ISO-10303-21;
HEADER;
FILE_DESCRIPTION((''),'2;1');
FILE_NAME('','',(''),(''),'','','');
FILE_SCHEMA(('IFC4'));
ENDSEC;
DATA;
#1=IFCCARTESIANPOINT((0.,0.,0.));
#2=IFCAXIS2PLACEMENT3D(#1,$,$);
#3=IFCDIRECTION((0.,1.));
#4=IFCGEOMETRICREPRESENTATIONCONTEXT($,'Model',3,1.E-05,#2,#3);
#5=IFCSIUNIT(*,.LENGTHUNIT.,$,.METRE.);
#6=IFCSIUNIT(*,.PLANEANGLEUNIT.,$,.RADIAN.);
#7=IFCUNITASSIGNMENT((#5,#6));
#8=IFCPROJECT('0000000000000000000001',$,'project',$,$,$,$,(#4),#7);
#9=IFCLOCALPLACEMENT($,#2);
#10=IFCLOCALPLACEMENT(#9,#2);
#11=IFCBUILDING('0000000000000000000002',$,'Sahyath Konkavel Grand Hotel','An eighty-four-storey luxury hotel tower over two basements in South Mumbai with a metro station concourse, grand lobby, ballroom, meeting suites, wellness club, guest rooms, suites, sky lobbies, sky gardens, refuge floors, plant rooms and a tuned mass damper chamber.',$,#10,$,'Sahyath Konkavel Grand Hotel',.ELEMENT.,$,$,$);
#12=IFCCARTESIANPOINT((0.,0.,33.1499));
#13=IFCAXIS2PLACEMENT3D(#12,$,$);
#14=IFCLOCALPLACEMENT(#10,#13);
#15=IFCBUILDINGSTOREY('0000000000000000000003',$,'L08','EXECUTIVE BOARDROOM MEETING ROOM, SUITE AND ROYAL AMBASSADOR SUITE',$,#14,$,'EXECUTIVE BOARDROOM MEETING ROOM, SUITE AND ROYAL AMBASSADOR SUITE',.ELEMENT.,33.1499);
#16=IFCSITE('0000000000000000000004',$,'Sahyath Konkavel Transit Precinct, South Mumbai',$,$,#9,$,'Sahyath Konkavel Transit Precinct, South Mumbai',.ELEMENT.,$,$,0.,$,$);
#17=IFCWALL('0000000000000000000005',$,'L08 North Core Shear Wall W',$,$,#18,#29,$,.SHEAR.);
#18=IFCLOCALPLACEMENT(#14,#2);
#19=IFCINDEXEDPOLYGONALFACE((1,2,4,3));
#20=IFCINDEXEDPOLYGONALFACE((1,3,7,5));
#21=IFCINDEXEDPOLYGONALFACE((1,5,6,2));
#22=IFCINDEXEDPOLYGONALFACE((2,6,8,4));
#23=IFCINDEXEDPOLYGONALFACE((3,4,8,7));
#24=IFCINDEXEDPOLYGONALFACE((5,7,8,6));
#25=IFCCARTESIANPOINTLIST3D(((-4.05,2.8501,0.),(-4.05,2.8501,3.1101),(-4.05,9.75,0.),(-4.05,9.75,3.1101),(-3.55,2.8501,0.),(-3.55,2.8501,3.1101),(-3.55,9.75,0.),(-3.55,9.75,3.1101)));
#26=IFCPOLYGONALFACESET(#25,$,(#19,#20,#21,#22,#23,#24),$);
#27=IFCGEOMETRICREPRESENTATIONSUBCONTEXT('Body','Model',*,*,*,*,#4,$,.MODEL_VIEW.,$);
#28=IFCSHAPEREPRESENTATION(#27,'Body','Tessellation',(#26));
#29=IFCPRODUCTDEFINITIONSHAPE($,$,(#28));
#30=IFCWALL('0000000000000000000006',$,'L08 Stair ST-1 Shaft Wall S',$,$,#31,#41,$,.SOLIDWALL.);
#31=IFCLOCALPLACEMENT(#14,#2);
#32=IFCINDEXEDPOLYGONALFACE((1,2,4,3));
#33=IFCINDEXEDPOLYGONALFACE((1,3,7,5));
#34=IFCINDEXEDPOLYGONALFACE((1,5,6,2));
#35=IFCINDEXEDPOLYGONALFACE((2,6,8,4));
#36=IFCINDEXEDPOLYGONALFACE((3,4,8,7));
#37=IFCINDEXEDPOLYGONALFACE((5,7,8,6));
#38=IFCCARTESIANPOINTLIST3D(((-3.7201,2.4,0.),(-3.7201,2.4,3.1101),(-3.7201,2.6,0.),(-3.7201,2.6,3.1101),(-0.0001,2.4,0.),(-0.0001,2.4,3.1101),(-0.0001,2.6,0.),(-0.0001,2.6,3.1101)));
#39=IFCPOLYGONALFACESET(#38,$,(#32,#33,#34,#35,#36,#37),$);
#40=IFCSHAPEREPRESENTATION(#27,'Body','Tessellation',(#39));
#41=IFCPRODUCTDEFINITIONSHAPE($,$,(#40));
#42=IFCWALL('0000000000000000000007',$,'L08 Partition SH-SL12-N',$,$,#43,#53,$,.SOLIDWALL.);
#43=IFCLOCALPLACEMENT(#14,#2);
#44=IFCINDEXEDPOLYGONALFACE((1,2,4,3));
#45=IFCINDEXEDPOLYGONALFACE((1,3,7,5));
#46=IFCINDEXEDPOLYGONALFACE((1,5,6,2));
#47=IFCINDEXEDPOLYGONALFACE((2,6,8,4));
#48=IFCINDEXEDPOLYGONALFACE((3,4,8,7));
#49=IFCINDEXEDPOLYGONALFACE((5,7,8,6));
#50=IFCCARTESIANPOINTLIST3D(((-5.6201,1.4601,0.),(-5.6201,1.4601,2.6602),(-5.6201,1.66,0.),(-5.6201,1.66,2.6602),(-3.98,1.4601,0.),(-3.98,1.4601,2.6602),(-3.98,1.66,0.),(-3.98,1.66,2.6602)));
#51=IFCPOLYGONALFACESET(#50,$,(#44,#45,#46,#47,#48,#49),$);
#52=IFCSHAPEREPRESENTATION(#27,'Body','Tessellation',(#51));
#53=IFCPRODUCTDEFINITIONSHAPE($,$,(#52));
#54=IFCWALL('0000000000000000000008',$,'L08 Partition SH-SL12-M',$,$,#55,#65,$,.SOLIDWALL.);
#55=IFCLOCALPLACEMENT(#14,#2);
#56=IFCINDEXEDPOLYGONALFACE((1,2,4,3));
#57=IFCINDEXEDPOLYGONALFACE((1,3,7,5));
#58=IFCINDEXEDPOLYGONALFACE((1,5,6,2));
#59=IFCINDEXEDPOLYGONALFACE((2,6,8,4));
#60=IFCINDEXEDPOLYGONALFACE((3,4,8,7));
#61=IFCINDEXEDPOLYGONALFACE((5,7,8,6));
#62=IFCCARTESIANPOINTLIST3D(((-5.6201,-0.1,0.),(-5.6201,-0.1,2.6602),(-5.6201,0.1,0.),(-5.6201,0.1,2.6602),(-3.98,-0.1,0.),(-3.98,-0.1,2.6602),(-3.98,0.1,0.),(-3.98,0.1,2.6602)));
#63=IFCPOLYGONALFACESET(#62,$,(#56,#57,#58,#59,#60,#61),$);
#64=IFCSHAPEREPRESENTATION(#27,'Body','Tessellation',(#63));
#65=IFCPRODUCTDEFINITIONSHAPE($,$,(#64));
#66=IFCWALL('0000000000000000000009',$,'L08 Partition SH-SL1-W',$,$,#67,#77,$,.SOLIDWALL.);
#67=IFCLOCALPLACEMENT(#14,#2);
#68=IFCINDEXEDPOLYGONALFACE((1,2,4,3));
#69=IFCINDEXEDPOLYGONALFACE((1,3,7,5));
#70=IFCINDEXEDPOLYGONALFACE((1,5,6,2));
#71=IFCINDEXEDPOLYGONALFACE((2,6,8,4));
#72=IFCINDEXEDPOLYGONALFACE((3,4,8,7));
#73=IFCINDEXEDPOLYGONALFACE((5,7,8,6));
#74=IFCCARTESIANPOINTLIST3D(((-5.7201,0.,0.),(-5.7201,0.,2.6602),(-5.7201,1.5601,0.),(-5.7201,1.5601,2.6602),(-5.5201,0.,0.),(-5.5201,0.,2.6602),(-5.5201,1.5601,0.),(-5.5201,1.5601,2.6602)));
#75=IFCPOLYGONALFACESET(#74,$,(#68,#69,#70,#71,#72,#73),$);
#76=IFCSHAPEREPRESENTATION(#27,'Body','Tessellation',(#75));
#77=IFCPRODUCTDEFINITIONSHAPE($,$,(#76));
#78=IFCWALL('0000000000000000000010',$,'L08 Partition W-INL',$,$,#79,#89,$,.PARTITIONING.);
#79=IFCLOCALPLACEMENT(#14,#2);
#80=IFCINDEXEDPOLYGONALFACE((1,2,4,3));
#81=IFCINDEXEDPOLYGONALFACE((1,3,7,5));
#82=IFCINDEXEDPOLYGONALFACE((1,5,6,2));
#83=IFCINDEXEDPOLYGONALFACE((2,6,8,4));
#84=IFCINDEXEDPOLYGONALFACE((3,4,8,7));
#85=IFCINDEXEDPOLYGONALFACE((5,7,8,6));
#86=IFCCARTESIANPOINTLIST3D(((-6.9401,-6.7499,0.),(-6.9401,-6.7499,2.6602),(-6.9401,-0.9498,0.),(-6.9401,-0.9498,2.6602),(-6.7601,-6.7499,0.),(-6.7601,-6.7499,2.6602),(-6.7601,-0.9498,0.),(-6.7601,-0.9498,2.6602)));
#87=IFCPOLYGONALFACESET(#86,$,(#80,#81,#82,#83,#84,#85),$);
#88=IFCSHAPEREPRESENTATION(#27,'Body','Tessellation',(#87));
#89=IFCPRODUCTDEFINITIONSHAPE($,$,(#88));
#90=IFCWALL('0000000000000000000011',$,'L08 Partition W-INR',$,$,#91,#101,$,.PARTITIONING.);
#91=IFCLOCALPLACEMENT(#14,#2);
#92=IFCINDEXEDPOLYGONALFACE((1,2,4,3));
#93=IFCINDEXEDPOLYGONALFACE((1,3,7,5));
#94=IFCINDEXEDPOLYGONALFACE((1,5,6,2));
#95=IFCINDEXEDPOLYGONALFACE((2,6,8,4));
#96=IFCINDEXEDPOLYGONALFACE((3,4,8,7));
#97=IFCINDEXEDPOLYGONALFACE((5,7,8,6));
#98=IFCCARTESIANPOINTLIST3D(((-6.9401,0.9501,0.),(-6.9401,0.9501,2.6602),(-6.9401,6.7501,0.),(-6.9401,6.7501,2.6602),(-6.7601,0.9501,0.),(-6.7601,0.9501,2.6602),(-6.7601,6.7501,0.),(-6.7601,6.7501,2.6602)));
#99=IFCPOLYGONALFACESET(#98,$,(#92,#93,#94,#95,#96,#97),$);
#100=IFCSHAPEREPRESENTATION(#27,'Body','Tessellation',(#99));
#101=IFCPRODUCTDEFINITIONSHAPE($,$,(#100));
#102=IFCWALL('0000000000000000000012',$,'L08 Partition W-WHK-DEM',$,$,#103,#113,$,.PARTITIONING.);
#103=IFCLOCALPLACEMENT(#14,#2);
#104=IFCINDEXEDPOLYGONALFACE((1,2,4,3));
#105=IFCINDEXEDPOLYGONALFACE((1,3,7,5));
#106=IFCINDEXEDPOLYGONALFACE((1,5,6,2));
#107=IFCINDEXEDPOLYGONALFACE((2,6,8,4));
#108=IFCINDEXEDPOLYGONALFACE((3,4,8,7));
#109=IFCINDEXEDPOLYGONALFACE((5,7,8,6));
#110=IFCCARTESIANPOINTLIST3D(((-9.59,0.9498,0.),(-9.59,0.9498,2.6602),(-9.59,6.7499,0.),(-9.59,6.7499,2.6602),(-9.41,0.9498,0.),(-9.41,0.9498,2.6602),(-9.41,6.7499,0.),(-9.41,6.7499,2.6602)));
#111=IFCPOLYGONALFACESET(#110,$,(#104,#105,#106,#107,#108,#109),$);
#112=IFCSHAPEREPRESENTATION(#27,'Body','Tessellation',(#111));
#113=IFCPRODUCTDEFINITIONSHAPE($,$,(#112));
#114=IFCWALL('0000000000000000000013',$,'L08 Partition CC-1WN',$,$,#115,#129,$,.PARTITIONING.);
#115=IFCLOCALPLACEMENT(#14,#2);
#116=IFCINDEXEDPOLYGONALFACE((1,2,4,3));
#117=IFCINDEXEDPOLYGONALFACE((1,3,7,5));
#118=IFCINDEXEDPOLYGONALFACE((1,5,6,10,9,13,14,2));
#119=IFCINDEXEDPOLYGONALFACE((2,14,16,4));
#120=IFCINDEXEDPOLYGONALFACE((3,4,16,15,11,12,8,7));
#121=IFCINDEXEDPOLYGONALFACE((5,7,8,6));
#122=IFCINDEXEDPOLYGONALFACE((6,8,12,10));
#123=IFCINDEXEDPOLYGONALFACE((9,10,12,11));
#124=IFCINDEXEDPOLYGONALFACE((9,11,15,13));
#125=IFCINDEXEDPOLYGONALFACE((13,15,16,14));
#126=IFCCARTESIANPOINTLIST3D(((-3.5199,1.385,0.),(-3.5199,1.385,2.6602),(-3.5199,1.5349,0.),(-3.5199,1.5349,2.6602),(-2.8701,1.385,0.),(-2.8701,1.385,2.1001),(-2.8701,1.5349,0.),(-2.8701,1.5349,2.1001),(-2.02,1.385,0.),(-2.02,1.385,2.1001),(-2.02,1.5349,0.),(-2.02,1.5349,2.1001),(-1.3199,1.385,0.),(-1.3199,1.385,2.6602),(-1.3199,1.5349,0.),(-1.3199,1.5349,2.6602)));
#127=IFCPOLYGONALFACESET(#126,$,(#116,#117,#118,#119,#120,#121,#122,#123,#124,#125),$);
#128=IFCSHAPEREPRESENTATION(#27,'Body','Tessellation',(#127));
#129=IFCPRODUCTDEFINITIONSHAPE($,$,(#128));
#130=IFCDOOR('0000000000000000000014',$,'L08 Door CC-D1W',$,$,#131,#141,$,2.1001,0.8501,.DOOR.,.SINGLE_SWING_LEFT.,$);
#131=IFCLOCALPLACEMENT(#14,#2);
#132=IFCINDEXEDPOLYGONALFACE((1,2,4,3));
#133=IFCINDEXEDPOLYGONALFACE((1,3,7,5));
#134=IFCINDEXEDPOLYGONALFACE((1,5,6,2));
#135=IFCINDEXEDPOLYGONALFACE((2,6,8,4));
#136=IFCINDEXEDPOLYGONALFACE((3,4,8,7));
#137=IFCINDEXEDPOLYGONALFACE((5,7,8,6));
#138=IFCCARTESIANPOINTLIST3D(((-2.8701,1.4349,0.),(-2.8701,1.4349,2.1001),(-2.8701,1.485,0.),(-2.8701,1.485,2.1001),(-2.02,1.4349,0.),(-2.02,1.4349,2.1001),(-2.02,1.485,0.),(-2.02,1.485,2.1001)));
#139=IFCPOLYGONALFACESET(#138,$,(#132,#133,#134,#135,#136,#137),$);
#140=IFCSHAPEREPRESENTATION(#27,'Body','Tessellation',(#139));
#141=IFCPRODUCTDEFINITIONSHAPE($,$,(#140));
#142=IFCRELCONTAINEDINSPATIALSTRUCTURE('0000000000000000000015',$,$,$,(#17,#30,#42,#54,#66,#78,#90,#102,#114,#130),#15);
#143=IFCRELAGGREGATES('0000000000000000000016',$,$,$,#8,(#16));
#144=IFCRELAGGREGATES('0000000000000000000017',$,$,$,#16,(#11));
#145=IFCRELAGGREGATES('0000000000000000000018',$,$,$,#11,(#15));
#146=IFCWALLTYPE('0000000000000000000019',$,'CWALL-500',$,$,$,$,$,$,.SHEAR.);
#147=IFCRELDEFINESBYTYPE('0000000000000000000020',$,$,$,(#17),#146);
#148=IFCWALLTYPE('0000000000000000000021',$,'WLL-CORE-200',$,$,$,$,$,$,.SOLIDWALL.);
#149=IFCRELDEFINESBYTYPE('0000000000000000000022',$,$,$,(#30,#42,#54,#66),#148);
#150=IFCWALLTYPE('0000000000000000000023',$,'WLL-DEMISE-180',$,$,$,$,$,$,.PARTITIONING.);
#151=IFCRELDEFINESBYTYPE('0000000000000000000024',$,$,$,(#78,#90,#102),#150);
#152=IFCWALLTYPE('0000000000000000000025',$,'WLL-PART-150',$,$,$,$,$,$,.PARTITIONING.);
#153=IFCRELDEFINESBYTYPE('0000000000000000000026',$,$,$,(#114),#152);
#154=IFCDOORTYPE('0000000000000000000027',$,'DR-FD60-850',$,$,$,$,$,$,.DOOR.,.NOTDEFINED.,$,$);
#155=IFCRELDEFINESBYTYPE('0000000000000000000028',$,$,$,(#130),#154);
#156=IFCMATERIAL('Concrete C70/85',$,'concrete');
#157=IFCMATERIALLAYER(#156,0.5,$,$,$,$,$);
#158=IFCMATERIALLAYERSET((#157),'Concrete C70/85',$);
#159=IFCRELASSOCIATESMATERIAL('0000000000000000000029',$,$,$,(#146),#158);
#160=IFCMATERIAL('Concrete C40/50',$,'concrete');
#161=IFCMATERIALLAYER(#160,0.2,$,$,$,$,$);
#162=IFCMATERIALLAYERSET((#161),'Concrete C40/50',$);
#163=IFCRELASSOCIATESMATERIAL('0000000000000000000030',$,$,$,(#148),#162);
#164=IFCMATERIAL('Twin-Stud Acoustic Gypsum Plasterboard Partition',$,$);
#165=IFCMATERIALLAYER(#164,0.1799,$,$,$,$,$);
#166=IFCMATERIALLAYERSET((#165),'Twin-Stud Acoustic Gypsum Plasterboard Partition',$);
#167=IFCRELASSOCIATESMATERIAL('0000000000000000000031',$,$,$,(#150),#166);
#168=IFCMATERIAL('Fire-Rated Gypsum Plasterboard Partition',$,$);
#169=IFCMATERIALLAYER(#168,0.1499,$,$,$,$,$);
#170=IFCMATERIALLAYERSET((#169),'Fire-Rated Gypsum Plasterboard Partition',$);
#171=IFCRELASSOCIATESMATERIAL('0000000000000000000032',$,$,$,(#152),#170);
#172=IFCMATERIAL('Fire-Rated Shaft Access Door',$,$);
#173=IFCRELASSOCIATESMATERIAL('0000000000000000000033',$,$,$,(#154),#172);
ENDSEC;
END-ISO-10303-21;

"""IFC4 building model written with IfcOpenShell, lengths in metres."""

from ifc_helpers import new_model, si_unit, direction, frame, frame_2d, origin, origin_2d, place, context, subcontext, project, spatial, rectangle, extrude, source, transform, mapped, material, layer, layer_set, type_object, element, fill, save


model = new_model("IFC4")

# Units and contexts
model_context = context("Model", 3, precision=1e-05, world=origin(), true_north=direction((0.0, 1.0)))
body_context = subcontext(model_context, "Body", "Model", "MODEL_VIEW")
ifc_project = project(units=[si_unit("LENGTHUNIT", "METRE"), si_unit("PLANEANGLEUNIT", "RADIAN")], contexts=[model_context])

# Site, building, storey
site_placement = place(None, origin())
site = spatial("IfcSite", under=ifc_project, at=site_placement, Name="Sahyath Konkavel Transit Precinct, South Mumbai", LongName="Sahyath Konkavel Transit Precinct, South Mumbai", CompositionType="ELEMENT", RefElevation=0.0)
building_placement = place(site_placement, origin())
building = spatial("IfcBuilding", under=site, at=building_placement, Name="Sahyath Konkavel Grand Hotel", Description="An eighty-four-storey luxury hotel tower over two basements in South Mumbai with a metro station concourse, grand lobby, ballroom, meeting suites, wellness club, guest rooms, suites, sky lobbies, sky gardens, refuge floors, plant rooms and a tuned mass damper chamber.", LongName="Sahyath Konkavel Grand Hotel", CompositionType="ELEMENT")
storey_placement = place(building_placement, frame((0.0, 0.0, 33.1499)))
storey = spatial("IfcBuildingStorey", under=building, at=storey_placement, Name="L08", Description="EXECUTIVE BOARDROOM MEETING ROOM, SUITE AND ROYAL AMBASSADOR SUITE", LongName="EXECUTIVE BOARDROOM MEETING ROOM, SUITE AND ROYAL AMBASSADOR SUITE", CompositionType="ELEMENT", Elevation=33.1499)

# Shared definitions
ifc_material_1 = material(Name="Concrete C70/85", Category="concrete")

# Shared definitions
ifc_material_2 = material(Name="Concrete C40/50", Category="concrete")

# Walls
ifc_layer_1 = layer(ifc_material_1, 0.5)
ifc_layer_set_1 = layer_set([ifc_layer_1], Name="Concrete C70/85")
wall_type_1 = type_object("IfcWallType", Name="CWALL-500", PredefinedType="SHEAR", material=ifc_layer_set_1)
wall_1_placement = place(storey_placement, frame((-3.8, 2.8501, 0.0), z_axis=(0.0, 0.0, 1.0), x_axis=(0.0, 1.0, 0.0)))
element("IfcWall", 1, at=wall_1_placement, inside=storey, type_object=wall_type_1, Name="L08 North Core Shear Wall W", PredefinedType="SHEAR", context=body_context, shape_type="SweptSolid", body=[
    extrude(rectangle(XDim=6.8999, YDim=0.5, at=frame_2d((3.45, 0.0))), origin(), (0.0, 0.0, 1.0), 3.1101),
])
ifc_layer_2 = layer(ifc_material_2, 0.2)
ifc_layer_set_2 = layer_set([ifc_layer_2], Name="Concrete C40/50")
wall_type_2 = type_object("IfcWallType", Name="WLL-CORE-200", PredefinedType="SOLIDWALL", material=ifc_layer_set_2)
wall_2_placement = place(storey_placement, frame((-3.72, 2.5, 0.0), z_axis=(0.0, 0.0, 1.0), x_axis=(1.0, 0.0, 0.0)))
element("IfcWall", 2, at=wall_2_placement, inside=storey, type_object=wall_type_2, Name="L08 Stair ST-1 Shaft Wall S", PredefinedType="SOLIDWALL", context=body_context, shape_type="SweptSolid", body=[
    extrude(rectangle(XDim=3.72, YDim=0.2, at=frame_2d((1.8599, 0.0))), origin(), (0.0, 0.0, 1.0), 3.1101),
])
for number, where, z_axis, x_axis, name in (
    (3, (-5.6201, 1.5601, 0.0), (0.0, 0.0, 1.0), (1.0, 0.0, 0.0), "L08 Partition SH-SL12-N"),
    (4, (-5.6201, 0.0, 0.0), (0.0, 0.0, 1.0), (1.0, 0.0, 0.0), "L08 Partition SH-SL12-M"),
):
    element("IfcWall", number, at=place(storey_placement, frame(where, z_axis=z_axis, x_axis=x_axis)), inside=storey, type_object=wall_type_2, Name=name, PredefinedType="SOLIDWALL", context=body_context, shape_type="SweptSolid", body=[
        extrude(rectangle(XDim=1.6401, YDim=0.2, at=frame_2d((0.8201, 0.0))), origin(), (0.0, 0.0, 1.0), 2.6602),
    ])
wall_3_placement = place(storey_placement, frame((-5.6201, 0.0, 0.0), z_axis=(0.0, 0.0, 1.0), x_axis=(0.0, 1.0, 0.0)))
element("IfcWall", 5, at=wall_3_placement, inside=storey, type_object=wall_type_2, Name="L08 Partition SH-SL1-W", PredefinedType="SOLIDWALL", context=body_context, shape_type="SweptSolid", body=[
    extrude(rectangle(XDim=1.5601, YDim=0.2, at=frame_2d((0.78, 0.0))), origin(), (0.0, 0.0, 1.0), 2.6602),
])
ifc_material_3 = material(Name="Twin-Stud Acoustic Gypsum Plasterboard Partition")
ifc_layer_3 = layer(ifc_material_3, 0.1799)
ifc_layer_set_3 = layer_set([ifc_layer_3], Name="Twin-Stud Acoustic Gypsum Plasterboard Partition")
wall_type_3 = type_object("IfcWallType", Name="WLL-DEMISE-180", PredefinedType="PARTITIONING", material=ifc_layer_set_3)
for number, where, z_axis, x_axis, name in (
    (6, (-6.8501, -0.95, 0.0), (0.0, 0.0, 1.0), (0.0, -1.0, 0.0), "L08 Partition W-INL"),
    (7, (-6.8501, 6.75, 0.0), (0.0, 0.0, 1.0), (0.0, -1.0, 0.0), "L08 Partition W-INR"),
    (8, (-9.5, 0.95, 0.0), (0.0, 0.0, 1.0), (0.0, 1.0, 0.0), "L08 Partition W-WHK-DEM"),
):
    element("IfcWall", number, at=place(storey_placement, frame(where, z_axis=z_axis, x_axis=x_axis)), inside=storey, type_object=wall_type_3, Name=name, PredefinedType="PARTITIONING", context=body_context, shape_type="SweptSolid", body=[
        extrude(rectangle(XDim=5.8, YDim=0.1799, at=frame_2d((2.8999, 0.0))), origin(), (0.0, 0.0, 1.0), 2.6602),
    ])

# Wall, opening, door
ifc_material_4 = material(Name="Fire-Rated Gypsum Plasterboard Partition")
ifc_layer_4 = layer(ifc_material_4, 0.1499)
ifc_layer_set_4 = layer_set([ifc_layer_4], Name="Fire-Rated Gypsum Plasterboard Partition")
wall_type_4 = type_object("IfcWallType", Name="WLL-PART-150", PredefinedType="PARTITIONING", material=ifc_layer_set_4)
wall_4_placement = place(storey_placement, frame((-3.52, 1.46, 0.0), z_axis=(0.0, 0.0, 1.0), x_axis=(1.0, 0.0, 0.0)))
wall_4 = element("IfcWall", 9, at=wall_4_placement, inside=storey, type_object=wall_type_4, Name="L08 Partition CC-1WN", PredefinedType="PARTITIONING", context=body_context, shape_type="SweptSolid", body=[
    extrude(rectangle(XDim=2.2, YDim=0.1499, at=frame_2d((1.1001, 0.0))), origin(), (0.0, 0.0, 1.0), 2.6602),
])
opening_1_placement = place(wall_4_placement, frame((0.6499, 0.0, 0.0)))
opening_1 = element("IfcOpeningElement", 10, at=opening_1_placement, cuts=wall_4, PredefinedType="OPENING", context=body_context, shape_type="SweptSolid", body=[
    extrude(rectangle(XDim=0.8501, YDim=2.1001, at=frame_2d((0.425, 1.05))), frame((0.0, 0.085, 0.0), z_axis=(0.0, -1.0, 0.0), x_axis=(1.0, 0.0, 0.0)), (0.0, 0.0, 1.0), 0.1699),
])
ifc_material_5 = material(Name="Fire-Rated Shaft Access Door")
door_type_1 = type_object("IfcDoorType", Name="DR-FD60-850", OperationType="NOTDEFINED", PredefinedType="DOOR", material=ifc_material_5)
shared_shape_1 = source(origin(), body_context, "Body", "SweptSolid", [
    extrude(rectangle(XDim=0.8501, YDim=0.05, at=origin_2d()), origin(), (0.0, 0.0, 1.0), 2.1001),
])
door_1_placement = place(opening_1_placement, frame((0.425, 0.0, 0.0)))
door_1 = element("IfcDoor", 11, at=door_1_placement, inside=storey, type_object=door_type_1, Name="L08 Door CC-D1W", OperationType="SINGLE_SWING_LEFT", OverallHeight=2.1001, OverallWidth=0.8501, PredefinedType="DOOR", context=body_context, shape_type="MappedRepresentation", body=[
    mapped(shared_shape_1, transform((0.0, 0.0, 0.0), scale=1.0)),
])
fill(opening_1, door_1)

save(model, "model.ifc")
